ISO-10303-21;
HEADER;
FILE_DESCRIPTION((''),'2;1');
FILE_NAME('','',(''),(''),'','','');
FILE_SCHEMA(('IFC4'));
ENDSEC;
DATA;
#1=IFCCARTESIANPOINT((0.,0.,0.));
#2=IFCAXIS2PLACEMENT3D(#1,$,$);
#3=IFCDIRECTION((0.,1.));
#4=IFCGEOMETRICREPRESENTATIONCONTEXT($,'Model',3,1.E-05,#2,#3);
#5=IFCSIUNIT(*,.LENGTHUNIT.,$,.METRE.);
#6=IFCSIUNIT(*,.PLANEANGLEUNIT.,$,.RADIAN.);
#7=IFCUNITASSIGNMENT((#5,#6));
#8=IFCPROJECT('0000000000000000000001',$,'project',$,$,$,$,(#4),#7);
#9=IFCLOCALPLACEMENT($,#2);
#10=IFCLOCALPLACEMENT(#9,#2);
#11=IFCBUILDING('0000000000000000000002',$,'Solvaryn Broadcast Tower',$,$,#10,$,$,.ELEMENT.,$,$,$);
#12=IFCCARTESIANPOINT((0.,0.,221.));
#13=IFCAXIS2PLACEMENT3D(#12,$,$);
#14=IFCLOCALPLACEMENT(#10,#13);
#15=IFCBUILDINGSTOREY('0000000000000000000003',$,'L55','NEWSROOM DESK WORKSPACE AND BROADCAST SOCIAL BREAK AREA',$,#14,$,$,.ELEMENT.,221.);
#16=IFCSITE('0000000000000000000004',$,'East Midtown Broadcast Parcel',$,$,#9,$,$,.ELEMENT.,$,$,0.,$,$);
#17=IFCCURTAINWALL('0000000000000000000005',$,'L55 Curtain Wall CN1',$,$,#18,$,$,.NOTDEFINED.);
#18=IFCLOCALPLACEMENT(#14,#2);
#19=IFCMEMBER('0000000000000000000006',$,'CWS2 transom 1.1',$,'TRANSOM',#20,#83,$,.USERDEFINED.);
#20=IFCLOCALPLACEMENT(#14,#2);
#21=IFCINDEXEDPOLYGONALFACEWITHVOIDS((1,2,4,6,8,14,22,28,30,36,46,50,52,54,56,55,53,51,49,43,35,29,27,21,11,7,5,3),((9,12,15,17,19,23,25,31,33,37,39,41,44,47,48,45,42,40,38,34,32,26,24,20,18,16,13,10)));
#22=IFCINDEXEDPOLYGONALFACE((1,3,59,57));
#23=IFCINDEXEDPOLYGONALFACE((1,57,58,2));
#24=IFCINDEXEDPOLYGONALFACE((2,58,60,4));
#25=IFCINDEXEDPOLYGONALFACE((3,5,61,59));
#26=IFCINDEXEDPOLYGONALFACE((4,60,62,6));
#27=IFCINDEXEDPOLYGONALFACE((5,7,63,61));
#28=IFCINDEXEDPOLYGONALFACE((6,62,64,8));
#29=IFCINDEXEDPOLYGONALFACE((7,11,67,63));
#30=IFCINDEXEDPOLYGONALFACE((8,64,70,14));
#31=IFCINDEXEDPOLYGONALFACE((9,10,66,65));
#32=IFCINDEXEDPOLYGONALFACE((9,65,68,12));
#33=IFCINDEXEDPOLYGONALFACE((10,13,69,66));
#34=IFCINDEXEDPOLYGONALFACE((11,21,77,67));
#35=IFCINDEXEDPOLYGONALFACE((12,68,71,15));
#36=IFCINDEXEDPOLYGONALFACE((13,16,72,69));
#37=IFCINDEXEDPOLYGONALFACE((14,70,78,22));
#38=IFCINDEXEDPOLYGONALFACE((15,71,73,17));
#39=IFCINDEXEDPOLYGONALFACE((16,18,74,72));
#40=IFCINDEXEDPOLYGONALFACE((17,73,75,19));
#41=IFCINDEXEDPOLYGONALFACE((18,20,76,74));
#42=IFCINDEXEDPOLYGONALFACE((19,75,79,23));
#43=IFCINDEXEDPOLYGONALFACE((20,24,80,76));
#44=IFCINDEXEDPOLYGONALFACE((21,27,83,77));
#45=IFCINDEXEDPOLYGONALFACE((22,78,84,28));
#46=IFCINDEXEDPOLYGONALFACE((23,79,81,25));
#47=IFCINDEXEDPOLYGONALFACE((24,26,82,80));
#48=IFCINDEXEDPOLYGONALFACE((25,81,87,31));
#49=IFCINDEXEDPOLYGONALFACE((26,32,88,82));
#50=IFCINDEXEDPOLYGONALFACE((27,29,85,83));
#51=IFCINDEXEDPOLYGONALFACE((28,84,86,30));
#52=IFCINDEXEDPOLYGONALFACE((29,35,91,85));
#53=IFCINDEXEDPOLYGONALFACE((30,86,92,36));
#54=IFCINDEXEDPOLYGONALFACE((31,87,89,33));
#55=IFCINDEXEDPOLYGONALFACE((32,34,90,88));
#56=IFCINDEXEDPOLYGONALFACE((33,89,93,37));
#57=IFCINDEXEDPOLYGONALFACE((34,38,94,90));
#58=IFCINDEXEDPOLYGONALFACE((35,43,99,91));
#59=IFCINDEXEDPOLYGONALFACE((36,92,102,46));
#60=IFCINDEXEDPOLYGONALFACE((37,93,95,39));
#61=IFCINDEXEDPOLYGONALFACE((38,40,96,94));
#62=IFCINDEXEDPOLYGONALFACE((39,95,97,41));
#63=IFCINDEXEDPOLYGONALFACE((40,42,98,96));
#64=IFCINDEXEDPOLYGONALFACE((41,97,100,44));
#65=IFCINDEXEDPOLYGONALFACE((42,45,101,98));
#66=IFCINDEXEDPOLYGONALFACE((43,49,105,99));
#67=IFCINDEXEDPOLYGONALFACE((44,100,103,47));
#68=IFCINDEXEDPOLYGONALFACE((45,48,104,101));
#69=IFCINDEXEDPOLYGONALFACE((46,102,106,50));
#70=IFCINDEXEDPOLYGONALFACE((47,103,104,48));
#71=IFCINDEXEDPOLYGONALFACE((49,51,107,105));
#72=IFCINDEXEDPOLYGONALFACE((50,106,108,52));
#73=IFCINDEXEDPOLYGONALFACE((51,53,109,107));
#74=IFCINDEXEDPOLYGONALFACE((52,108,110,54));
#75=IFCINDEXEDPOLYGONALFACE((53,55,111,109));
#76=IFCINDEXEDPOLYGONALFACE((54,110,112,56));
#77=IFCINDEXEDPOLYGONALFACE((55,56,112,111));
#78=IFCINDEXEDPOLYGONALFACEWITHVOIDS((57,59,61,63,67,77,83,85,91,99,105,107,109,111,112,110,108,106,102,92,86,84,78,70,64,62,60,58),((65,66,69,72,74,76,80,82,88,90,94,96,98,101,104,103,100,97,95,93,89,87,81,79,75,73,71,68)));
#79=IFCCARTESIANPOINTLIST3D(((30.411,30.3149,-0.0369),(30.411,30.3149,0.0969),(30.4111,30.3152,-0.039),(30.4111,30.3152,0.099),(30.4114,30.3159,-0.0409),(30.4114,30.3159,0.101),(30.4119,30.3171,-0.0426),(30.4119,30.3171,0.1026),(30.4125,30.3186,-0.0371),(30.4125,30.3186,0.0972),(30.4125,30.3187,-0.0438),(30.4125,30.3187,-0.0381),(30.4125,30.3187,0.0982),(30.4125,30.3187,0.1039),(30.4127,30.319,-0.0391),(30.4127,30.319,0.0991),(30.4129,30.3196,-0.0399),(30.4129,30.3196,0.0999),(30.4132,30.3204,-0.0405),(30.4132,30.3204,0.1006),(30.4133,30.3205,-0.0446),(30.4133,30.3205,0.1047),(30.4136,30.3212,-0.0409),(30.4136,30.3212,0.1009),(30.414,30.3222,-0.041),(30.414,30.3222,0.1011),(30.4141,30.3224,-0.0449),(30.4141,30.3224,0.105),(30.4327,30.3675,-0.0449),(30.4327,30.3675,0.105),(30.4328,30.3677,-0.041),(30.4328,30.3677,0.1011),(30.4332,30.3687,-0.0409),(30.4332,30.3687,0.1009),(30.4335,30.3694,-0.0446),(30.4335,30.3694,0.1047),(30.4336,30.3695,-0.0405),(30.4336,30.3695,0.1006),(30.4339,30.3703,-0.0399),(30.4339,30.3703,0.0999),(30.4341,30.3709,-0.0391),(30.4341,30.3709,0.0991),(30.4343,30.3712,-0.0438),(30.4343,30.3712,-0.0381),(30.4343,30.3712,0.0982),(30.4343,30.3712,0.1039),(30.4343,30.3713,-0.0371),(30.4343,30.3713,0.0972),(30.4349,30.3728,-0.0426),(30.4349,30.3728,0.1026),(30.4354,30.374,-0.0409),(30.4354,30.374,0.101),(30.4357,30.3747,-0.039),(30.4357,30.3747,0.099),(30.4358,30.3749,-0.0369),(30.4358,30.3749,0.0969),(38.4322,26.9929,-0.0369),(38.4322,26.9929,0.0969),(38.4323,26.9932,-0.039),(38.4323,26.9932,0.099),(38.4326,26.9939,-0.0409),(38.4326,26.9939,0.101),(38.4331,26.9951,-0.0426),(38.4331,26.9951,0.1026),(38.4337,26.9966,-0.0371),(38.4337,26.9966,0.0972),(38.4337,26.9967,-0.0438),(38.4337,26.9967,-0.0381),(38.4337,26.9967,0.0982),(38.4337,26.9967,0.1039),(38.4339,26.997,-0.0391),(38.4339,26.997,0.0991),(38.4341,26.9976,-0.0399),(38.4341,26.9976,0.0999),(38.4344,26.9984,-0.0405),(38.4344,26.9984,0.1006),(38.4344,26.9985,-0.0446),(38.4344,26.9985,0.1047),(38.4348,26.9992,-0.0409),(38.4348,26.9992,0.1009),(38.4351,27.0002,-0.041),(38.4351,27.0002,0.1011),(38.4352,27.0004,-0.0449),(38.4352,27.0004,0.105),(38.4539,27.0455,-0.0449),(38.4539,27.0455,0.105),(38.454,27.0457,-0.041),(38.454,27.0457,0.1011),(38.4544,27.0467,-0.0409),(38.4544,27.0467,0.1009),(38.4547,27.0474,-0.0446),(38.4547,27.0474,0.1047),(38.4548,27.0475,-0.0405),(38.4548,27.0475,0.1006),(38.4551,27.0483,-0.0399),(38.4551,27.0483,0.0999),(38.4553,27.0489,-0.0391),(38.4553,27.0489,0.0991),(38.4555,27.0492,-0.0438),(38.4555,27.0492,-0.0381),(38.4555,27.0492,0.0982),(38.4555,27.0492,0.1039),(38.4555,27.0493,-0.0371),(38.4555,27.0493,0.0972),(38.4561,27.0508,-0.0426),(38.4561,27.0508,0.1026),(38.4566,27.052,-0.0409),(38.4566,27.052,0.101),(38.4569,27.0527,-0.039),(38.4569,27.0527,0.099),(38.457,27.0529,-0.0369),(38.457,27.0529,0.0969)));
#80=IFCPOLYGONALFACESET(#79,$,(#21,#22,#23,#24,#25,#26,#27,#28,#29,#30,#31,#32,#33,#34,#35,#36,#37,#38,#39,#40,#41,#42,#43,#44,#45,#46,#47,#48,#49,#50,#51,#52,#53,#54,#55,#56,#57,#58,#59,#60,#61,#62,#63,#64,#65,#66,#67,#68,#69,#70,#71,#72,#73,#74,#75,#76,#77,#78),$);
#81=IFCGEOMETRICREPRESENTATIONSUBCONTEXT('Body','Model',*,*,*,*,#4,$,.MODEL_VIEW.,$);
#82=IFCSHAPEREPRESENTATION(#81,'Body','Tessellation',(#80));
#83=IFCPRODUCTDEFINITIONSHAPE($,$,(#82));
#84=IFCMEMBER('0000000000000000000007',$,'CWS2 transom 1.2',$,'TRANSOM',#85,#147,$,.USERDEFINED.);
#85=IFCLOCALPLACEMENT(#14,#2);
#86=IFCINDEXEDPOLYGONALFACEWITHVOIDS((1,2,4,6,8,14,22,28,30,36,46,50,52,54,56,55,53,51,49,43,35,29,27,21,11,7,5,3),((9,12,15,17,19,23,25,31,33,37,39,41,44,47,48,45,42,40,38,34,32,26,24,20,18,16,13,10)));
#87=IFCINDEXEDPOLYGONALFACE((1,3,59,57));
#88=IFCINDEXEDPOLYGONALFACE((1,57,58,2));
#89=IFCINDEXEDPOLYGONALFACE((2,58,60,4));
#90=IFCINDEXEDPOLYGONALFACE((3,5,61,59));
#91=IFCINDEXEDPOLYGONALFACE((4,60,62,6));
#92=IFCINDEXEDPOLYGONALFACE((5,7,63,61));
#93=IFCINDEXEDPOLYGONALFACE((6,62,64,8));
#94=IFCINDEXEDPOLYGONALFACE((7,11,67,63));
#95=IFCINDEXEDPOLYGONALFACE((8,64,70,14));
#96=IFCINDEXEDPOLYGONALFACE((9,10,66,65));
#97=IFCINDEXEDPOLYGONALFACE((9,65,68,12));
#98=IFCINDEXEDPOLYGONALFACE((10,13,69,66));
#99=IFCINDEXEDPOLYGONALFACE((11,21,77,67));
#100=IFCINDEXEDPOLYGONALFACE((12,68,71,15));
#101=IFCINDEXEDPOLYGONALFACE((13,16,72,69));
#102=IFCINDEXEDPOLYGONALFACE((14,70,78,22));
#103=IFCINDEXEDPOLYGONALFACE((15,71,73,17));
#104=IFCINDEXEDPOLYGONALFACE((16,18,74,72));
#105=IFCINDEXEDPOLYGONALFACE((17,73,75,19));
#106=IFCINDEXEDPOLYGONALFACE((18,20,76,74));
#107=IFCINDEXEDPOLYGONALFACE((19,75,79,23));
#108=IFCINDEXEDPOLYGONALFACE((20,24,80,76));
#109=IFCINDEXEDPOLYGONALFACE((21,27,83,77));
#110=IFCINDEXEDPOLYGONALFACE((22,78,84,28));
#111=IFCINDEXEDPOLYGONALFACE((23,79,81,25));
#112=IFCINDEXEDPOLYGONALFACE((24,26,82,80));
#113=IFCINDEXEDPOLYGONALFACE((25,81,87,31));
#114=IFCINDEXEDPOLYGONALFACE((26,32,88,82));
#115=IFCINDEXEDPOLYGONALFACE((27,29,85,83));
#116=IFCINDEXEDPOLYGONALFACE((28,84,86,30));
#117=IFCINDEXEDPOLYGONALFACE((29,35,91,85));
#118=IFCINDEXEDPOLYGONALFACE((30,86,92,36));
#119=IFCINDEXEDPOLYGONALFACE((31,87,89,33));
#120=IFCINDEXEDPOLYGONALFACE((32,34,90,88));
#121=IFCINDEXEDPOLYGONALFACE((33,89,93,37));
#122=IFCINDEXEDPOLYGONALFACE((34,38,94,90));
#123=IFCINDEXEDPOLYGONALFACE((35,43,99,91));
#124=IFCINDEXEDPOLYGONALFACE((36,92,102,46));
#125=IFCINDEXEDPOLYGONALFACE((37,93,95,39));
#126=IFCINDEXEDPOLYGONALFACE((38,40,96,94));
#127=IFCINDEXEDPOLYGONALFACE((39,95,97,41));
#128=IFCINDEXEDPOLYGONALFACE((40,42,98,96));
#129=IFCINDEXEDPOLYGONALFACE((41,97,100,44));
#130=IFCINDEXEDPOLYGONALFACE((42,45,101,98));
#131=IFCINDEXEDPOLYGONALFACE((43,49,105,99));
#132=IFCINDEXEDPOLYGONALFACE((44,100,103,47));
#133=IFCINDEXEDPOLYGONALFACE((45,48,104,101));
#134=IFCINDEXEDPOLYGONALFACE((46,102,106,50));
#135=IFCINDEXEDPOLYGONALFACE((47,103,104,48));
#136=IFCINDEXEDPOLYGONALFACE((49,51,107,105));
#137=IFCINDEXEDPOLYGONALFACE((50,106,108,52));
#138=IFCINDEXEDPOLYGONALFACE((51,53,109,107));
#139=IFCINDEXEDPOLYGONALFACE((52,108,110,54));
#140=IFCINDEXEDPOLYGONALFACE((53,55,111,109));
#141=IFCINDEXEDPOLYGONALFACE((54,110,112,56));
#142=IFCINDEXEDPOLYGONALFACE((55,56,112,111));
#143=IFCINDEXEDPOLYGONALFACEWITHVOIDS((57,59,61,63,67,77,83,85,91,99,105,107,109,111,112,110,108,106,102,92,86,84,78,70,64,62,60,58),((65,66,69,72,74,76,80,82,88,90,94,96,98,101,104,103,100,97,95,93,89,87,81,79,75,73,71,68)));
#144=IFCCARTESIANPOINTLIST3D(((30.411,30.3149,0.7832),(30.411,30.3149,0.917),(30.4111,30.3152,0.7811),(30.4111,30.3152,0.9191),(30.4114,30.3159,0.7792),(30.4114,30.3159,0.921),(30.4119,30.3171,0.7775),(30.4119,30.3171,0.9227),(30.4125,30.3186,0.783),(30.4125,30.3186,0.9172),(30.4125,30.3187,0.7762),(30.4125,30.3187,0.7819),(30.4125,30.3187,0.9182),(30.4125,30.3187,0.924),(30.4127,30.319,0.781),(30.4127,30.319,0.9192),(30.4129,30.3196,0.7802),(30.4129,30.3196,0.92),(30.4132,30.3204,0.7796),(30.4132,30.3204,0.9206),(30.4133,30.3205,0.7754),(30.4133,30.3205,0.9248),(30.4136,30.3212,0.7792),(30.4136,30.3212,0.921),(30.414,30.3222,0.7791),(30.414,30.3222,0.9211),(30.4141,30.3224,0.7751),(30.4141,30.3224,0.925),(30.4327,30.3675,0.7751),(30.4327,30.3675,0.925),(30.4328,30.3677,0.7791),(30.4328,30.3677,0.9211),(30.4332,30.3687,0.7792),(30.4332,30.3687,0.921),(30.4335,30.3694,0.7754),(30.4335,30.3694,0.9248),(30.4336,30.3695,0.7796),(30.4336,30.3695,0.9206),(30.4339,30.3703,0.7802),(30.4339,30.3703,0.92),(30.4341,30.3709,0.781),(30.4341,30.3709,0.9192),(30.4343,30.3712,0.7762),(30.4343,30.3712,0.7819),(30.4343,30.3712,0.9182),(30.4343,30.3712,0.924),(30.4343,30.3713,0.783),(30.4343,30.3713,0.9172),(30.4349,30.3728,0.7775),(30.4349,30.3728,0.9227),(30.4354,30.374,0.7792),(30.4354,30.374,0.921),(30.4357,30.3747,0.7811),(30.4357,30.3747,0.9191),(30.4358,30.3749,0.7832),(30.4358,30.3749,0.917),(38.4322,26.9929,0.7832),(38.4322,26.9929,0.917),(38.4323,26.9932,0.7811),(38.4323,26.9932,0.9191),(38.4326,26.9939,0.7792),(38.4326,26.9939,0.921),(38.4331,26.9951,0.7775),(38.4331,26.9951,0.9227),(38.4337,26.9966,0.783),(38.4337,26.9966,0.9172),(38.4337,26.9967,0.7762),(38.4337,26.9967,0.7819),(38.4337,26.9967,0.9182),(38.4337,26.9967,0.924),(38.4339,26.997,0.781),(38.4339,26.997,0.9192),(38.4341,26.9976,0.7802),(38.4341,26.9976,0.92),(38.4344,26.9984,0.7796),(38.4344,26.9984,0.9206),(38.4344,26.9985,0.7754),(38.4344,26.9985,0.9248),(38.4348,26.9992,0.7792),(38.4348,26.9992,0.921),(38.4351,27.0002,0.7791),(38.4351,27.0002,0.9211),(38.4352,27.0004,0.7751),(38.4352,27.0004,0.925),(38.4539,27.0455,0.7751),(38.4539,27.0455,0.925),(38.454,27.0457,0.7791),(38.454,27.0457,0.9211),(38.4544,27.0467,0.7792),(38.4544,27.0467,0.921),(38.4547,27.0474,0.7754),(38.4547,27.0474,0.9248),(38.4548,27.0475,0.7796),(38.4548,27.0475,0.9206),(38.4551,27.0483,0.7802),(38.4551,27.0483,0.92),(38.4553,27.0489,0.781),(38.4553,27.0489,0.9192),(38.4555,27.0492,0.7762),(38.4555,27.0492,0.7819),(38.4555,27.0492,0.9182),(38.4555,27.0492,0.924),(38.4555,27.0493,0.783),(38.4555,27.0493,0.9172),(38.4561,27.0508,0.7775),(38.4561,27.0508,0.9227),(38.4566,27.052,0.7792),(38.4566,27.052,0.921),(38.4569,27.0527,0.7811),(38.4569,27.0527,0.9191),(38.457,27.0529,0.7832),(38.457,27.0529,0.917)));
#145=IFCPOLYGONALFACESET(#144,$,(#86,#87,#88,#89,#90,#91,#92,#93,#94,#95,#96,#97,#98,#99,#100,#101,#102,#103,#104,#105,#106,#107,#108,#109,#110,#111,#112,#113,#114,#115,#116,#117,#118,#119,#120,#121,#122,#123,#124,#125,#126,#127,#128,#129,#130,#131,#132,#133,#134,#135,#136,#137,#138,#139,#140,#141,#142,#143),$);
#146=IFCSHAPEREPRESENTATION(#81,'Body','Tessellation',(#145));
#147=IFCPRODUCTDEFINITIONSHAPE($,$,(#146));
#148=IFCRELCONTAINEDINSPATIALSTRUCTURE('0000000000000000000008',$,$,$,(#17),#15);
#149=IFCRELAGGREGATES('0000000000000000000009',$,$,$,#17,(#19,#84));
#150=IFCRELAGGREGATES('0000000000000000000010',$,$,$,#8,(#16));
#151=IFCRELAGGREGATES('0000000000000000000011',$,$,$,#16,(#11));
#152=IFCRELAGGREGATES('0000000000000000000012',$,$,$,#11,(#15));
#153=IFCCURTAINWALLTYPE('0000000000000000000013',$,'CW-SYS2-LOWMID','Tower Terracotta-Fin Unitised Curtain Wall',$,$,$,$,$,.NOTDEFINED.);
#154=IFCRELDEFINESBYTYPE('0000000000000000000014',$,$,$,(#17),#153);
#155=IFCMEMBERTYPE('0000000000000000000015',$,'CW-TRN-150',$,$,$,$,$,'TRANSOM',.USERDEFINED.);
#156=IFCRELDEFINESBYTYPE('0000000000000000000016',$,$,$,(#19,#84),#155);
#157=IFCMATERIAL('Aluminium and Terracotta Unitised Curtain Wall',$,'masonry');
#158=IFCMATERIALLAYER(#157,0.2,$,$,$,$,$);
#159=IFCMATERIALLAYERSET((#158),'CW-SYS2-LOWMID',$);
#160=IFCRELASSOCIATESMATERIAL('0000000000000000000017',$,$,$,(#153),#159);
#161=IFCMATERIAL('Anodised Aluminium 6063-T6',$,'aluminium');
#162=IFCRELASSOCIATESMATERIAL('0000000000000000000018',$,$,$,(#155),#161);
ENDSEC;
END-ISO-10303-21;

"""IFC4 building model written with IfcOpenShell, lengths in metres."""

from ifc_helpers import new_model, si_unit, direction, frame, origin, origin_2d, place, context, subcontext, project, spatial, hollow_rectangle, extrude, material, layer, layer_set, material_profile, profile_set, type_object, element, aggregate, save


model = new_model("IFC4")

# Units and contexts
model_context = context("Model", 3, precision=1e-05, world=origin(), true_north=direction((0.0, 1.0)))
body_context = subcontext(model_context, "Body", "Model", "MODEL_VIEW")
ifc_project = project(units=[si_unit("LENGTHUNIT", "METRE"), si_unit("PLANEANGLEUNIT", "RADIAN")], contexts=[model_context])

# Site, building, storey
site_placement = place(None, origin())
site = spatial("IfcSite", under=ifc_project, at=site_placement, Name="East Midtown Broadcast Parcel", CompositionType="ELEMENT", RefElevation=0.0)
building_placement = place(site_placement, origin())
building = spatial("IfcBuilding", under=site, at=building_placement, Name="Solvaryn Broadcast Tower", CompositionType="ELEMENT")
storey_placement = place(building_placement, frame((0.0, 0.0, 221.0)))
storey = spatial("IfcBuildingStorey", under=building, at=storey_placement, Name="L55", Description="NEWSROOM DESK WORKSPACE AND BROADCAST SOCIAL BREAK AREA", CompositionType="ELEMENT", Elevation=221.0)

# Curtain wall
ifc_material_1 = material(Name="Aluminium and Terracotta Unitised Curtain Wall", Category="masonry")
ifc_layer_1 = layer(ifc_material_1, 0.2)
ifc_layer_set_1 = layer_set([ifc_layer_1], Name="CW-SYS2-LOWMID")
curtain_wall_type = type_object("IfcCurtainWallType", Name="CW-SYS2-LOWMID", Description="Tower Terracotta-Fin Unitised Curtain Wall", PredefinedType="NOTDEFINED", material=ifc_layer_set_1)
curtain_wall_1_placement = place(storey_placement, origin())
curtain_wall_1 = element("IfcCurtainWall", 1, at=curtain_wall_1_placement, inside=storey, type_object=curtain_wall_type, Name="L55 Curtain Wall CN1", PredefinedType="NOTDEFINED")

# Members
ifc_material_2 = material(Name="Anodised Aluminium 6063-T6", Category="aluminium")
ifc_material_profile_1 = material_profile(ifc_material_2, hollow_rectangle(XDim=0.0649, YDim=0.1499, WallThickness=0.0039, InnerFilletRadius=0.0039, OuterFilletRadius=0.0081, at=origin_2d()))
ifc_profile_set_1 = profile_set([ifc_material_profile_1], Name="Anodised Aluminium 6063-T6")
member_type_1 = type_object("IfcMemberType", Name="CW-TRN-150", ElementType="TRANSOM", PredefinedType="USERDEFINED", material=ifc_profile_set_1)
member_1_placement = place(storey_placement, frame((38.4446, 27.0229, 0.03), z_axis=(-0.923899, 0.382636, 0.0), x_axis=(-0.382636, -0.923899, 0.0)))
member_1 = element("IfcMember", 2, at=member_1_placement, type_object=member_type_1, Name="CWS2 transom 1.1", ObjectType="TRANSOM", PredefinedType="USERDEFINED", context=body_context, shape_type="SweptSolid", body=[
    extrude(hollow_rectangle(XDim=0.0649, YDim=0.1499, WallThickness=0.0039, InnerFilletRadius=0.0039, OuterFilletRadius=0.0081, at=origin_2d()), origin(), (0.0, 0.0, 1.0), 8.6819),
])
member_2_placement = place(storey_placement, frame((38.4446, 27.0229, 0.8501), z_axis=(-0.923899, 0.382636, 0.0), x_axis=(-0.382636, -0.923899, 0.0)))
member_2 = element("IfcMember", 3, at=member_2_placement, type_object=member_type_1, Name="CWS2 transom 1.2", ObjectType="TRANSOM", PredefinedType="USERDEFINED", context=body_context, shape_type="SweptSolid", body=[
    extrude(hollow_rectangle(XDim=0.0649, YDim=0.1499, WallThickness=0.0039, InnerFilletRadius=0.0039, OuterFilletRadius=0.0081, at=origin_2d()), origin(), (0.0, 0.0, 1.0), 8.6819),
])
aggregate(curtain_wall_1, [member_1, member_2])

save(model, "model.ifc")
